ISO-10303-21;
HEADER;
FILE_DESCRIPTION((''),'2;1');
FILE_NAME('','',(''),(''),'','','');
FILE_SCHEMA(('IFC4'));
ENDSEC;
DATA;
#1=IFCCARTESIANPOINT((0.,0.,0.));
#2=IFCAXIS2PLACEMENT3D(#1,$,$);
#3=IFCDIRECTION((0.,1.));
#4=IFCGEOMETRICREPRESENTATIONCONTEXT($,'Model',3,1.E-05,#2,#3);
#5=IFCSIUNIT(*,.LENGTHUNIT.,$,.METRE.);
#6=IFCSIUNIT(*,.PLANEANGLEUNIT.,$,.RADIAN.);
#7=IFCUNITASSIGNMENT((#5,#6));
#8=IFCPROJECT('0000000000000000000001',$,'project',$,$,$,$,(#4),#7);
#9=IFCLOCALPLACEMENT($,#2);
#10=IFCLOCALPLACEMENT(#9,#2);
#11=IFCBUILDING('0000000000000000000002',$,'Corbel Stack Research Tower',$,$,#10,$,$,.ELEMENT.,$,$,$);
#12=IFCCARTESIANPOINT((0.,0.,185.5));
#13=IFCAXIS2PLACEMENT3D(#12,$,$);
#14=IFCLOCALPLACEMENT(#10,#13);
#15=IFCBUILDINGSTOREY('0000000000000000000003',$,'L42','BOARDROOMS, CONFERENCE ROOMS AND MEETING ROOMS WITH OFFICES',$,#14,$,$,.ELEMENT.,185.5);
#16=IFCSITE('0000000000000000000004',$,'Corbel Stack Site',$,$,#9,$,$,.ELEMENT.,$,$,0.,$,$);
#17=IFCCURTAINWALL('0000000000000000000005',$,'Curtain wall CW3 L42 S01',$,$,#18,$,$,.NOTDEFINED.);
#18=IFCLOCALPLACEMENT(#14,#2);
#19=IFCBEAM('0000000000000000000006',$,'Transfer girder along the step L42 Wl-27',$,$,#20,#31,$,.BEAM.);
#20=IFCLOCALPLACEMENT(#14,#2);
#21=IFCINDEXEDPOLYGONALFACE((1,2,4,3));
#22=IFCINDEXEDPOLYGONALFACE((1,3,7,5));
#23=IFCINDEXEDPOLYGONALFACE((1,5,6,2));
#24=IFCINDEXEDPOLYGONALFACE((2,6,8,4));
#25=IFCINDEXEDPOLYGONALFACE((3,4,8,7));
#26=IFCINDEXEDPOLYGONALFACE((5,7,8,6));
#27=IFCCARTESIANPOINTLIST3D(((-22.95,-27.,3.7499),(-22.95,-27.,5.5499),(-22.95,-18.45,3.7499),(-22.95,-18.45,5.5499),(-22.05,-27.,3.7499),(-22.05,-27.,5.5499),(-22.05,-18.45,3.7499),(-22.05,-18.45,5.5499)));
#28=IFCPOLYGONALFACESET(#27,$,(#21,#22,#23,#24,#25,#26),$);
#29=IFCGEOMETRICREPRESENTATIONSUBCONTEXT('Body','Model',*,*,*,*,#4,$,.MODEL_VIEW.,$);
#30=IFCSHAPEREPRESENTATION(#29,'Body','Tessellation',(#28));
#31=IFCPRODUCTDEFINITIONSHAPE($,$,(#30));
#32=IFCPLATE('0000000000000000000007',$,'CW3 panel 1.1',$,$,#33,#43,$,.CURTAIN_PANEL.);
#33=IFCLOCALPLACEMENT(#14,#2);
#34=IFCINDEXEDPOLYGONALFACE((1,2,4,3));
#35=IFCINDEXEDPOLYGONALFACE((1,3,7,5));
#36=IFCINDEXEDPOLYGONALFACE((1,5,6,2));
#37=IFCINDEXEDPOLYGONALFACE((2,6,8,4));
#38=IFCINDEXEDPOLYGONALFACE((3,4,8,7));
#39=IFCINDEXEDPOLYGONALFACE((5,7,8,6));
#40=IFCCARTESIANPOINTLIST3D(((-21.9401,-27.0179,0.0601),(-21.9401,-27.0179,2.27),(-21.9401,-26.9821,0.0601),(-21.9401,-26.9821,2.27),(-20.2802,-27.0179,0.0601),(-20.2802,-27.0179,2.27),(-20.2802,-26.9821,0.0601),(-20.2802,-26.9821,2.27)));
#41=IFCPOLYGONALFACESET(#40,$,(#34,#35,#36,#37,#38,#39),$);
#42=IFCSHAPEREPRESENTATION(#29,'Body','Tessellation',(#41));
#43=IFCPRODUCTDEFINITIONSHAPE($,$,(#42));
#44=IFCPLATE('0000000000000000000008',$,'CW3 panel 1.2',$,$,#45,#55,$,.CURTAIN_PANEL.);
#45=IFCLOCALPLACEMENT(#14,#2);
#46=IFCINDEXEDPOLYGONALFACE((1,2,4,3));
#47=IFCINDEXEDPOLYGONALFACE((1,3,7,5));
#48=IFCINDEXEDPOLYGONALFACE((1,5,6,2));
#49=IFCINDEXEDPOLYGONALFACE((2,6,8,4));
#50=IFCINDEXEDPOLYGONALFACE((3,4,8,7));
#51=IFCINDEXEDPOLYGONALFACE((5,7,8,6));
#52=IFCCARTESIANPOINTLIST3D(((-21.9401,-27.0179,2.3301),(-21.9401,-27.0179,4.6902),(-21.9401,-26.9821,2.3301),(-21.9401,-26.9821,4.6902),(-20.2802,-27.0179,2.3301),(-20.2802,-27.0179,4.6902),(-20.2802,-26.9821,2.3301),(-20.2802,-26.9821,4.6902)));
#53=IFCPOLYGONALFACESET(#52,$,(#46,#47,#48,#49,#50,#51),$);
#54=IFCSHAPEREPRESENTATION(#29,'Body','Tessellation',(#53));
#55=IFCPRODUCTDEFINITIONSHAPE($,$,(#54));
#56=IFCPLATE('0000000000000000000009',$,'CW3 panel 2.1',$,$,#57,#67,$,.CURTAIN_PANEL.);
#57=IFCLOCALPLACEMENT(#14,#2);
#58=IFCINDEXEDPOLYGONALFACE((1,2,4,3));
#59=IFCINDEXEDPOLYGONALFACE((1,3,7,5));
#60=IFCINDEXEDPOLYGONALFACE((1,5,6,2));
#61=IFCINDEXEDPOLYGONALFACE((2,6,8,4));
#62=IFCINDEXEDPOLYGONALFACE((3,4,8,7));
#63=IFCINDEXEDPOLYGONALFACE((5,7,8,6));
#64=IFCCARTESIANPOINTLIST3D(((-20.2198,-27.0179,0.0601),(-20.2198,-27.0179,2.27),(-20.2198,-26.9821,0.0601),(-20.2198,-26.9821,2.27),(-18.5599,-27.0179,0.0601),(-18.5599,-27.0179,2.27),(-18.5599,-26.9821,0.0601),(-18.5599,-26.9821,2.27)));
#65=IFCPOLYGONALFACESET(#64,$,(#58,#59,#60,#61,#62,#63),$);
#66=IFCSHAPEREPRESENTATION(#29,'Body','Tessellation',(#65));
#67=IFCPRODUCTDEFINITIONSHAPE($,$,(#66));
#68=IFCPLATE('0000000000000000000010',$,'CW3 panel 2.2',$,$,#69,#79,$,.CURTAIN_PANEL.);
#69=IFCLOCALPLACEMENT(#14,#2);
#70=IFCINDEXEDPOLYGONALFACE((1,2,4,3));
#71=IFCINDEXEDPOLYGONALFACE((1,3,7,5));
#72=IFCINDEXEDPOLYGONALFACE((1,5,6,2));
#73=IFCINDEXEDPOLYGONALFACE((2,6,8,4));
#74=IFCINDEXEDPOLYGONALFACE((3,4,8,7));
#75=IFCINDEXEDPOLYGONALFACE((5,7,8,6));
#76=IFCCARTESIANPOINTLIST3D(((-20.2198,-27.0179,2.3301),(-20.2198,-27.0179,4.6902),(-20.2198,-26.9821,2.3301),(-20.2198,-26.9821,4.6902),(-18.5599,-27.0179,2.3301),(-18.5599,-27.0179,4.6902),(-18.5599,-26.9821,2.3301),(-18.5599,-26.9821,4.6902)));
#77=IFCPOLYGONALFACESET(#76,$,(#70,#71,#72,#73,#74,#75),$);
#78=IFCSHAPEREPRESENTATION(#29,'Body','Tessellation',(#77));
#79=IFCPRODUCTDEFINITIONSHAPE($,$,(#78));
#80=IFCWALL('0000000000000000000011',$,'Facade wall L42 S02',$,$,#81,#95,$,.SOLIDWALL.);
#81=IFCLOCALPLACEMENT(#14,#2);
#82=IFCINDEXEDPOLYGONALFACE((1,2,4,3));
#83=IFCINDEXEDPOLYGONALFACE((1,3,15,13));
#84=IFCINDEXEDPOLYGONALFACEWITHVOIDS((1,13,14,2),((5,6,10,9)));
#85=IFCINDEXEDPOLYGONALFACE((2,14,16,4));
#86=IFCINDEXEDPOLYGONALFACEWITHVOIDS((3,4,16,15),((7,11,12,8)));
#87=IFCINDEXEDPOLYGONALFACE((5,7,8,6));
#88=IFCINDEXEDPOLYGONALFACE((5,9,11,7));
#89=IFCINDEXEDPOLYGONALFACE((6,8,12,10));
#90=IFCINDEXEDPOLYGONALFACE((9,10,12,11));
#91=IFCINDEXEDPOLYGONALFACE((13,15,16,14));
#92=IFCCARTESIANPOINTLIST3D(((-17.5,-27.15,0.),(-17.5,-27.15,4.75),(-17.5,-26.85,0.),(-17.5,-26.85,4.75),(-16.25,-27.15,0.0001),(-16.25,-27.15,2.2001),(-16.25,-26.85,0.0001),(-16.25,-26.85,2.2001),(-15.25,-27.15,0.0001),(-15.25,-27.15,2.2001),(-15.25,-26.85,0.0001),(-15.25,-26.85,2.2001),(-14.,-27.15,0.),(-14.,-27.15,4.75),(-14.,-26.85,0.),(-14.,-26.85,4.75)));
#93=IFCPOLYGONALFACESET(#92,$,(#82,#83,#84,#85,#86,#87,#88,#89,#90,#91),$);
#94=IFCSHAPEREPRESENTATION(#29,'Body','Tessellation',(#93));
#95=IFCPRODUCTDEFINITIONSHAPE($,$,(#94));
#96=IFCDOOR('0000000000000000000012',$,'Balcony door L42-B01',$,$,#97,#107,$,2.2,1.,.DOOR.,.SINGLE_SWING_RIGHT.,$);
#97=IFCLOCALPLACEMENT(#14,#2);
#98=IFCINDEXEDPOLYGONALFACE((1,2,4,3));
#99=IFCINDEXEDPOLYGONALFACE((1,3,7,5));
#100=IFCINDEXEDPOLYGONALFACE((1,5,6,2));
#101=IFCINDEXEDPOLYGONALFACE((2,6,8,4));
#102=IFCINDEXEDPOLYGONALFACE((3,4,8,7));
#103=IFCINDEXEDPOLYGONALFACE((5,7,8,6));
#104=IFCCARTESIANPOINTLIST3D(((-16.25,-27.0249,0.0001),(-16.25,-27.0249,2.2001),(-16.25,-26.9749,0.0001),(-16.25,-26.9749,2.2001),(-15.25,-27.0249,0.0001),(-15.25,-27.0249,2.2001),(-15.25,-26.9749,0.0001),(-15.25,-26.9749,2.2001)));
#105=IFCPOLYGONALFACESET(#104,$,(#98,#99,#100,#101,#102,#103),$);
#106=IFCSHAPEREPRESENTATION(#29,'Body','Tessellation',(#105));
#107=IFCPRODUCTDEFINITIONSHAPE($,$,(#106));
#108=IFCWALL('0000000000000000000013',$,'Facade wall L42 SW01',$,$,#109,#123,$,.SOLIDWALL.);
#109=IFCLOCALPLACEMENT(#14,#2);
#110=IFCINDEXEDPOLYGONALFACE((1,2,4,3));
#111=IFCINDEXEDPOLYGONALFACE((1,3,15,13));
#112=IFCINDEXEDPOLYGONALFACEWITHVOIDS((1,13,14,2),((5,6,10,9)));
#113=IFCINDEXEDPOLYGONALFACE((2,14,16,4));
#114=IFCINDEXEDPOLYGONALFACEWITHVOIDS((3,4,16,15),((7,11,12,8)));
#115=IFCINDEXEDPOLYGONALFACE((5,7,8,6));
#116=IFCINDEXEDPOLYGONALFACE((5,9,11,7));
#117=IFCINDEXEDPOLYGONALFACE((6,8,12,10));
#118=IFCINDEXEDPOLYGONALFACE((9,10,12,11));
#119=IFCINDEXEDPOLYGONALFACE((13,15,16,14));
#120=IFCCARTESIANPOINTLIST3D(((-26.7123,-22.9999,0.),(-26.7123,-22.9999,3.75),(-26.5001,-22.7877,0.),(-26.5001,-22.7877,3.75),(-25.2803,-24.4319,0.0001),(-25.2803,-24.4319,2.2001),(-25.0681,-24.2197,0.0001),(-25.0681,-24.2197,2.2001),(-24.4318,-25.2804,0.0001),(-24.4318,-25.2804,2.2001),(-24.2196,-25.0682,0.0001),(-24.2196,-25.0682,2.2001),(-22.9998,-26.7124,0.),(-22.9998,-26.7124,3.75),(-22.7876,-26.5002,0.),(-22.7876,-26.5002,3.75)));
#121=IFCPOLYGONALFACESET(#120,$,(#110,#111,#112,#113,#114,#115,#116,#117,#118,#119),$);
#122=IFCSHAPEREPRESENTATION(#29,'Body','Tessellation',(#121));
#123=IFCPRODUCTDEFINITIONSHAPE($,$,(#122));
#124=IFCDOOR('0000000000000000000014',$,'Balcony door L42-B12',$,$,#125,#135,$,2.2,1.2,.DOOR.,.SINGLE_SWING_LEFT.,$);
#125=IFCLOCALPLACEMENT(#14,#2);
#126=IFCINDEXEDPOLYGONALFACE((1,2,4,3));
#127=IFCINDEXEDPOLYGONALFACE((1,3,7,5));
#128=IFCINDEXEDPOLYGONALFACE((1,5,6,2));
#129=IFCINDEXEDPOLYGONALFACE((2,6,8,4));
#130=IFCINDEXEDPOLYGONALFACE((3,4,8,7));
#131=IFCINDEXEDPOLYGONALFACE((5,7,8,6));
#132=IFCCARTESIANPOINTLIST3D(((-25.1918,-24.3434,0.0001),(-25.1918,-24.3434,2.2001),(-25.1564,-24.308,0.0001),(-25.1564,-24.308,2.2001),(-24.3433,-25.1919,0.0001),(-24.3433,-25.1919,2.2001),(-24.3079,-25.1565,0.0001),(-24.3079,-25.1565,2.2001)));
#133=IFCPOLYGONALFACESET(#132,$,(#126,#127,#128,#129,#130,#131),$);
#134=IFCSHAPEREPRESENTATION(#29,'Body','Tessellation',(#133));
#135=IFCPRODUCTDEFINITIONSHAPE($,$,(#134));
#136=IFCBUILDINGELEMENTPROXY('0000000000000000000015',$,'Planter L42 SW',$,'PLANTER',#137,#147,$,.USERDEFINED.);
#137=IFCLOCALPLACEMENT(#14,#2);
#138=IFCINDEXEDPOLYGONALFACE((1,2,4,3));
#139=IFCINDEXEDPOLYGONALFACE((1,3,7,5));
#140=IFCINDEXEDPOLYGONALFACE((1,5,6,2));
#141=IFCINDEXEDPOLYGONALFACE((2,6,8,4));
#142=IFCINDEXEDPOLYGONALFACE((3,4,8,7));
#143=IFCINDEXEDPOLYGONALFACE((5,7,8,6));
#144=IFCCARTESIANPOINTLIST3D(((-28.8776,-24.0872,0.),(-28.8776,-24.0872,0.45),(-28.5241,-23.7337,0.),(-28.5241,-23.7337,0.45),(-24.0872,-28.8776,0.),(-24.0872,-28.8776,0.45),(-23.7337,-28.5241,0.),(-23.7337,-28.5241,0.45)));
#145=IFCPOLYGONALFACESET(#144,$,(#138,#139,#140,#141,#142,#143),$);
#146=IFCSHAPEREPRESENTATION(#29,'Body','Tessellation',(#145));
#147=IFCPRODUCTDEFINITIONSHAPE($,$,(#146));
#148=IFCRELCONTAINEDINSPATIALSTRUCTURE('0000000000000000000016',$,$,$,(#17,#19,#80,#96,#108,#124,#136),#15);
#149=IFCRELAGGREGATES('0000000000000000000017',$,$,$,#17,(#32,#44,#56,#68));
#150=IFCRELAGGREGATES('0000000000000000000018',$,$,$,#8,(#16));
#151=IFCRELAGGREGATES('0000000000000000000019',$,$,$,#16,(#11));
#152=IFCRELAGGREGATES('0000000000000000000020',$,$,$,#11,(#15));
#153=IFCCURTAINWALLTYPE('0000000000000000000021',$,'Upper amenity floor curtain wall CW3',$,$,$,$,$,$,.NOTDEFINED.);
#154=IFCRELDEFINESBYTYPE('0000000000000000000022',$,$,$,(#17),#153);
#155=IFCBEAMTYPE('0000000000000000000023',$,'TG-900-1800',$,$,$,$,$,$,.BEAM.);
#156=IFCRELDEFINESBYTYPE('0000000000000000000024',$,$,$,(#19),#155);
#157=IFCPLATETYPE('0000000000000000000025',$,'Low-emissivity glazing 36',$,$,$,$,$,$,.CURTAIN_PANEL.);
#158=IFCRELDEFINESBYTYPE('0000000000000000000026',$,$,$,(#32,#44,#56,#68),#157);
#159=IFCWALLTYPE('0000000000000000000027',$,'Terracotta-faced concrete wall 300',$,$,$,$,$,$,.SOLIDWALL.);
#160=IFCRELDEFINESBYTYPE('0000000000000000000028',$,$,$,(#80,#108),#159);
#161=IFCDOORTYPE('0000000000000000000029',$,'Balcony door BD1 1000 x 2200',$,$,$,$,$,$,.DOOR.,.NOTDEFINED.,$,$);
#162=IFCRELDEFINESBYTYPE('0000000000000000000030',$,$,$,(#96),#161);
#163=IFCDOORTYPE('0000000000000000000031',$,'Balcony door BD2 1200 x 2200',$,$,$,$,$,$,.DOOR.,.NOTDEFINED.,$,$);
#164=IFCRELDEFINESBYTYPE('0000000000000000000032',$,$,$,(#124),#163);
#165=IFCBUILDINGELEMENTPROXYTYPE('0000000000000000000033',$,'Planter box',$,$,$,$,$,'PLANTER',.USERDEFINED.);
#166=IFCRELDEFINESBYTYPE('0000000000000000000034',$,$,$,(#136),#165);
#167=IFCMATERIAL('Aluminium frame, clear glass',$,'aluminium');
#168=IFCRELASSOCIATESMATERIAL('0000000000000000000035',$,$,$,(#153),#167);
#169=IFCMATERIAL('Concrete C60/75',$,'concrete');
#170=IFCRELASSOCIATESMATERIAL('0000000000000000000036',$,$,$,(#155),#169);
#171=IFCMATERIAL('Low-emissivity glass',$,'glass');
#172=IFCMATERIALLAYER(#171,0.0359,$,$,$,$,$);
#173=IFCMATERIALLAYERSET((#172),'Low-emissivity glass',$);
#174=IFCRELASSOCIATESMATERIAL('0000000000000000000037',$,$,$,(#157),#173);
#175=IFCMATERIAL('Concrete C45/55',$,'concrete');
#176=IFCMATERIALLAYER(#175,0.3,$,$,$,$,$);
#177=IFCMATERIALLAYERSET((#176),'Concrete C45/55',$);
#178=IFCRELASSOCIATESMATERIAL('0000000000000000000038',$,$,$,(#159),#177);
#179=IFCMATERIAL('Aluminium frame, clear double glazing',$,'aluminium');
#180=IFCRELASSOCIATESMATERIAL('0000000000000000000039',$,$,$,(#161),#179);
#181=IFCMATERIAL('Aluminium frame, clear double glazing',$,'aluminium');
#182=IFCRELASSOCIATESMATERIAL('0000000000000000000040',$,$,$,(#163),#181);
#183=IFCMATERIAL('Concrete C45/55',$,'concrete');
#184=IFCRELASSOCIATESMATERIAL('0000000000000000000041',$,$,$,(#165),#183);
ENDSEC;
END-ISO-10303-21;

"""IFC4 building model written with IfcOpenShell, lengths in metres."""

from ifc_helpers import new_model, si_unit, direction, frame, frame_2d, origin, origin_2d, place, context, subcontext, project, spatial, rectangle, extrude, material, layer, layer_set, material_profile, profile_set, type_object, element, fill, aggregate, save


model = new_model("IFC4")

# Units and contexts
model_context = context("Model", 3, precision=1e-05, world=origin(), true_north=direction((0.0, 1.0)))
body_context = subcontext(model_context, "Body", "Model", "MODEL_VIEW")
ifc_project = project(units=[si_unit("LENGTHUNIT", "METRE"), si_unit("PLANEANGLEUNIT", "RADIAN")], contexts=[model_context])

# Site, building, storey
site_placement = place(None, origin())
site = spatial("IfcSite", under=ifc_project, at=site_placement, Name="Corbel Stack Site", CompositionType="ELEMENT", RefElevation=0.0)
building_placement = place(site_placement, origin())
building = spatial("IfcBuilding", under=site, at=building_placement, Name="Corbel Stack Research Tower", CompositionType="ELEMENT")
storey_placement = place(building_placement, frame((0.0, 0.0, 185.5)))
storey = spatial("IfcBuildingStorey", under=building, at=storey_placement, Name="L42", Description="BOARDROOMS, CONFERENCE ROOMS AND MEETING ROOMS WITH OFFICES", CompositionType="ELEMENT", Elevation=185.5)

# Curtain wall
ifc_material_1 = material(Name="Aluminium frame, clear glass", Category="aluminium")
curtain_wall_type = type_object("IfcCurtainWallType", Name="Upper amenity floor curtain wall CW3", PredefinedType="NOTDEFINED", material=ifc_material_1)
curtain_wall_placement = place(storey_placement, origin())
curtain_wall = element("IfcCurtainWall", 1, at=curtain_wall_placement, inside=storey, type_object=curtain_wall_type, Name="Curtain wall CW3 L42 S01", PredefinedType="NOTDEFINED")

# Beam
ifc_material_2 = material(Name="Concrete C60/75", Category="concrete")
ifc_material_profile_1 = material_profile(ifc_material_2, rectangle(XDim=0.8999, YDim=1.8, at=origin_2d()), Name="RC 900 x 1800")
ifc_profile_set_1 = profile_set([ifc_material_profile_1], Name="Concrete C60/75")
beam_type_1 = type_object("IfcBeamType", Name="TG-900-1800", PredefinedType="BEAM", material=ifc_profile_set_1)
beam_1_placement = place(storey_placement, frame((-22.5, -27.0, 4.6499), z_axis=(0.0, 1.0, 0.0), x_axis=(-1.0, 0.0, 0.0)))
element("IfcBeam", 2, at=beam_1_placement, inside=storey, type_object=beam_type_1, Name="Transfer girder along the step L42 Wl-27", PredefinedType="BEAM", context=body_context, shape_type="SweptSolid", body=[
    extrude(rectangle(XDim=0.8999, YDim=1.8, at=origin_2d()), origin(), (0.0, 0.0, 1.0), 8.55),
])

# Plates
ifc_material_3 = material(Name="Low-emissivity glass", Category="glass")
ifc_layer_1 = layer(ifc_material_3, 0.0359)
ifc_layer_set_1 = layer_set([ifc_layer_1], Name="Low-emissivity glass")
plate_type = type_object("IfcPlateType", Name="Low-emissivity glazing 36", PredefinedType="CURTAIN_PANEL", material=ifc_layer_set_1)
plate_1_placement = place(storey_placement, frame((-21.1101, -27.0, 0.0601), z_axis=(0.0, 0.0, 1.0), x_axis=(1.0, 0.0, 0.0)))
plate_1 = element("IfcPlate", 3, at=plate_1_placement, type_object=plate_type, Name="CW3 panel 1.1", PredefinedType="CURTAIN_PANEL", context=body_context, shape_type="SweptSolid", body=[
    extrude(rectangle(XDim=1.6599, YDim=0.0359, at=origin_2d()), origin(), (0.0, 0.0, 1.0), 2.21),
])
plate_2_placement = place(storey_placement, frame((-21.1101, -27.0, 2.3301), z_axis=(0.0, 0.0, 1.0), x_axis=(1.0, 0.0, 0.0)))
plate_2 = element("IfcPlate", 4, at=plate_2_placement, type_object=plate_type, Name="CW3 panel 1.2", PredefinedType="CURTAIN_PANEL", context=body_context, shape_type="SweptSolid", body=[
    extrude(rectangle(XDim=1.6599, YDim=0.0359, at=origin_2d()), origin(), (0.0, 0.0, 1.0), 2.3601),
])
plate_3_placement = place(storey_placement, frame((-19.3899, -27.0, 0.0601), z_axis=(0.0, 0.0, 1.0), x_axis=(1.0, 0.0, 0.0)))
plate_3 = element("IfcPlate", 5, at=plate_3_placement, type_object=plate_type, Name="CW3 panel 2.1", PredefinedType="CURTAIN_PANEL", context=body_context, shape_type="SweptSolid", body=[
    extrude(rectangle(XDim=1.6599, YDim=0.0359, at=origin_2d()), origin(), (0.0, 0.0, 1.0), 2.21),
])
plate_4_placement = place(storey_placement, frame((-19.3899, -27.0, 2.3301), z_axis=(0.0, 0.0, 1.0), x_axis=(1.0, 0.0, 0.0)))
plate_4 = element("IfcPlate", 6, at=plate_4_placement, type_object=plate_type, Name="CW3 panel 2.2", PredefinedType="CURTAIN_PANEL", context=body_context, shape_type="SweptSolid", body=[
    extrude(rectangle(XDim=1.6599, YDim=0.0359, at=origin_2d()), origin(), (0.0, 0.0, 1.0), 2.3601),
])
aggregate(curtain_wall, [plate_1, plate_2, plate_3, plate_4])

# Walls, openings, doors
ifc_material_4 = material(Name="Concrete C45/55", Category="concrete")
ifc_layer_2 = layer(ifc_material_4, 0.3)
ifc_layer_set_2 = layer_set([ifc_layer_2], Name="Concrete C45/55")
wall_type = type_object("IfcWallType", Name="Terracotta-faced concrete wall 300", PredefinedType="SOLIDWALL", material=ifc_layer_set_2)
wall_1_placement = place(storey_placement, frame((-14.0, -27.0, 0.0), z_axis=(0.0, 0.0, 1.0), x_axis=(-1.0, 0.0, 0.0)))
wall_1 = element("IfcWall", 7, at=wall_1_placement, inside=storey, type_object=wall_type, Name="Facade wall L42 S02", PredefinedType="SOLIDWALL", context=body_context, shape_type="SweptSolid", body=[
    extrude(rectangle(XDim=3.5, YDim=0.3, at=frame_2d((1.75, 0.0))), origin(), (0.0, 0.0, 1.0), 4.75),
])
opening_1_placement = place(wall_1_placement, frame((1.25, 0.0, 0.0)))
opening_1 = element("IfcOpeningElement", 8, at=opening_1_placement, cuts=wall_1, PredefinedType="OPENING", context=body_context, shape_type="SweptSolid", body=[
    extrude(rectangle(XDim=1.0, YDim=2.2, at=frame_2d((0.5, 1.1001))), frame((0.0, 0.1599, 0.0), z_axis=(0.0, -1.0, 0.0), x_axis=(1.0, 0.0, 0.0)), (0.0, 0.0, 1.0), 0.3201),
])
ifc_material_5 = material(Name="Aluminium frame, clear double glazing", Category="aluminium")
door_type_1 = type_object("IfcDoorType", Name="Balcony door BD1 1000 x 2200", OperationType="NOTDEFINED", PredefinedType="DOOR", material=ifc_material_5)
door_1_placement = place(opening_1_placement, origin())
door_1 = element("IfcDoor", 9, at=door_1_placement, inside=storey, type_object=door_type_1, Name="Balcony door L42-B01", OperationType="SINGLE_SWING_RIGHT", OverallHeight=2.2, OverallWidth=1.0, PredefinedType="DOOR", context=body_context, shape_type="SweptSolid", body=[
    extrude(rectangle(XDim=1.0, YDim=2.2, at=frame_2d((0.5, 1.1001))), frame((0.0, 0.0249, 0.0), z_axis=(0.0, -1.0, 0.0), x_axis=(1.0, 0.0, 0.0)), (0.0, 0.0, 1.0), 0.05),
])
fill(opening_1, door_1)
wall_2_placement = place(storey_placement, frame((-22.8938, -26.6062, 0.0), z_axis=(0.0, 0.0, 1.0), x_axis=(-0.707107, 0.707107, 0.0)))
wall_2 = element("IfcWall", 10, at=wall_2_placement, inside=storey, type_object=wall_type, Name="Facade wall L42 SW01", PredefinedType="SOLIDWALL", context=body_context, shape_type="SweptSolid", body=[
    extrude(rectangle(XDim=5.2502, YDim=0.3, at=frame_2d((2.625, 0.0))), origin(), (0.0, 0.0, 1.0), 3.75),
])
opening_2_placement = place(wall_2_placement, frame((2.0249, 0.0, 0.0)))
opening_2 = element("IfcOpeningElement", 11, at=opening_2_placement, cuts=wall_2, PredefinedType="OPENING", context=body_context, shape_type="SweptSolid", body=[
    extrude(rectangle(XDim=1.2, YDim=2.2, at=frame_2d((0.6001, 1.1001))), frame((0.0, 0.1599, 0.0), z_axis=(0.0, -1.0, 0.0), x_axis=(1.0, 0.0, 0.0)), (0.0, 0.0, 1.0), 0.3201),
])
ifc_material_6 = material(Name="Aluminium frame, clear double glazing", Category="aluminium")
door_type_2 = type_object("IfcDoorType", Name="Balcony door BD2 1200 x 2200", OperationType="NOTDEFINED", PredefinedType="DOOR", material=ifc_material_6)
door_2_placement = place(opening_2_placement, origin())
door_2 = element("IfcDoor", 12, at=door_2_placement, inside=storey, type_object=door_type_2, Name="Balcony door L42-B12", OperationType="SINGLE_SWING_LEFT", OverallHeight=2.2, OverallWidth=1.2, PredefinedType="DOOR", context=body_context, shape_type="SweptSolid", body=[
    extrude(rectangle(XDim=1.2, YDim=2.2, at=frame_2d((0.6001, 1.1001))), frame((0.0, 0.0249, 0.0), z_axis=(0.0, -1.0, 0.0), x_axis=(1.0, 0.0, 0.0)), (0.0, 0.0, 1.0), 0.05),
])
fill(opening_2, door_2)

# Building element proxy
ifc_material_7 = material(Name="Concrete C45/55", Category="concrete")
building_element_proxy_type = type_object("IfcBuildingElementProxyType", Name="Planter box", ElementType="PLANTER", PredefinedType="USERDEFINED", material=ifc_material_7)
proxy_placement = place(storey_placement, frame((-26.3057, -26.3057, 0.0), z_axis=(0.0, 0.0, 1.0), x_axis=(0.707107, -0.707107, 0.0)))
element("IfcBuildingElementProxy", 13, at=proxy_placement, inside=storey, type_object=building_element_proxy_type, Name="Planter L42 SW", ObjectType="PLANTER", PredefinedType="USERDEFINED", context=body_context, shape_type="SweptSolid", body=[
    extrude(rectangle(XDim=6.7747, YDim=0.5, at=origin_2d()), origin(), (0.0, 0.0, 1.0), 0.45),
])

save(model, "model.ifc")
